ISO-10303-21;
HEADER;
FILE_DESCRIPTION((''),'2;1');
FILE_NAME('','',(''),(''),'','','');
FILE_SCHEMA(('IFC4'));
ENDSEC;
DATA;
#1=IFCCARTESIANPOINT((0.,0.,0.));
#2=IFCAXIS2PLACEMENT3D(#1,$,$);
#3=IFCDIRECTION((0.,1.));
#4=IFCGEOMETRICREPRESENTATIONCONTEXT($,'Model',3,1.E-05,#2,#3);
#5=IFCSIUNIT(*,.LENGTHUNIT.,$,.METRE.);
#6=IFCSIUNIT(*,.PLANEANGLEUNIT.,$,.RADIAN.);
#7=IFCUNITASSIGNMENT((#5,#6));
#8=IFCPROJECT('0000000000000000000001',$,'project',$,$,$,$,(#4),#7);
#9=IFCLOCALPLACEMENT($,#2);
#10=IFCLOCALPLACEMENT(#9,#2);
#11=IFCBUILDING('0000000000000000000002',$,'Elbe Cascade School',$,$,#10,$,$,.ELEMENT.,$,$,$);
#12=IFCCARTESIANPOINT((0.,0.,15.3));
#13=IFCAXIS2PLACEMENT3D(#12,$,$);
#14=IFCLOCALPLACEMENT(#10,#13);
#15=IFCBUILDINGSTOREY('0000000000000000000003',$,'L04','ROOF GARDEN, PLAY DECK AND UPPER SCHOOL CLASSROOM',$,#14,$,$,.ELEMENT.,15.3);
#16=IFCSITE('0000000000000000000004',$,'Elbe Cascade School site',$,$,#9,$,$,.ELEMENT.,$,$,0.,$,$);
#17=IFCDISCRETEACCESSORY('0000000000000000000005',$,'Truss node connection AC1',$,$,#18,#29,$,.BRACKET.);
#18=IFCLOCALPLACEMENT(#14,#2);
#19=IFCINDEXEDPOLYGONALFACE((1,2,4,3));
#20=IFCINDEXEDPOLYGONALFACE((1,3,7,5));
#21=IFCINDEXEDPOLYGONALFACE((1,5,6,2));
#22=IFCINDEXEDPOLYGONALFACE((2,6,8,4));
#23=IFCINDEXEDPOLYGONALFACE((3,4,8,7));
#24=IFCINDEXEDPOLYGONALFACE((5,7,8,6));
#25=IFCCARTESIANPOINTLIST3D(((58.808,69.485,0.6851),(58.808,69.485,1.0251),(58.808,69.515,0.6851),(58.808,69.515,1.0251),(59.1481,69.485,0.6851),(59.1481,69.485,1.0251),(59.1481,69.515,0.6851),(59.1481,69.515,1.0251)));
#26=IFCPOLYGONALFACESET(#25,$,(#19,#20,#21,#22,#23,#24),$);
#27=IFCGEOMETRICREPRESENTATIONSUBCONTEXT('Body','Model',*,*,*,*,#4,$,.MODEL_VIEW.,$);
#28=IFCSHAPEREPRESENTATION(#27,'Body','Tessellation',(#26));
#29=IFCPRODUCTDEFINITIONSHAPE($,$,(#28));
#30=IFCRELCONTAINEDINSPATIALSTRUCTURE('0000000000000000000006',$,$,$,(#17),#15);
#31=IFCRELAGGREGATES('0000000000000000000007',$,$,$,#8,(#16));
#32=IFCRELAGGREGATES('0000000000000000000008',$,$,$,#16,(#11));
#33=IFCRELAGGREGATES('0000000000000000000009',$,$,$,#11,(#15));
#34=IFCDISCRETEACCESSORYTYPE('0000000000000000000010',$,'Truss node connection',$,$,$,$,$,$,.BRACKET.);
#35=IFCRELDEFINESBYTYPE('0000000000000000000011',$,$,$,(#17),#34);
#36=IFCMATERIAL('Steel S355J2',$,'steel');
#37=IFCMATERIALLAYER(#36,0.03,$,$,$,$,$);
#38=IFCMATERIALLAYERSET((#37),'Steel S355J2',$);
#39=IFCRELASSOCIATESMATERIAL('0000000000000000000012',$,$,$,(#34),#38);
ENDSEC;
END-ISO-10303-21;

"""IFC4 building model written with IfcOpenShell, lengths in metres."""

from ifc_helpers import new_model, si_unit, direction, frame, origin, origin_2d, place, context, subcontext, project, spatial, rectangle, extrude, material, layer, layer_set, type_object, element, save


model = new_model("IFC4")

# Units and contexts
model_context = context("Model", 3, precision=1e-05, world=origin(), true_north=direction((0.0, 1.0)))
body_context = subcontext(model_context, "Body", "Model", "MODEL_VIEW")
ifc_project = project(units=[si_unit("LENGTHUNIT", "METRE"), si_unit("PLANEANGLEUNIT", "RADIAN")], contexts=[model_context])

# Site, building, storey
site_placement = place(None, origin())
site = spatial("IfcSite", under=ifc_project, at=site_placement, Name="Elbe Cascade School site", CompositionType="ELEMENT", RefElevation=0.0)
building_placement = place(site_placement, origin())
building = spatial("IfcBuilding", under=site, at=building_placement, Name="Elbe Cascade School", CompositionType="ELEMENT")
storey_placement = place(building_placement, frame((0.0, 0.0, 15.3)))
storey = spatial("IfcBuildingStorey", under=building, at=storey_placement, Name="L04", Description="ROOF GARDEN, PLAY DECK AND UPPER SCHOOL CLASSROOM", CompositionType="ELEMENT", Elevation=15.3)

# Discrete accessory
ifc_material_1 = material(Name="Steel S355J2", Category="steel")
ifc_layer = layer(ifc_material_1, 0.03)
ifc_layer_set = layer_set([ifc_layer], Name="Steel S355J2")
discrete_accessory_type = type_object("IfcDiscreteAccessoryType", Name="Truss node connection", PredefinedType="BRACKET", material=ifc_layer_set)
for number, where, z_axis, x_axis, name in (
    (1, (58.978, 69.5, 0.6851), (0.0, 0.0, 1.0), (1.0, 0.0, 0.0), "Truss node connection AC1"),
):
    element("IfcDiscreteAccessory", number, at=place(storey_placement, frame(where, z_axis=z_axis, x_axis=x_axis)), inside=storey, type_object=discrete_accessory_type, Name=name, PredefinedType="BRACKET", context=body_context, shape_type="SweptSolid", body=[
        extrude(rectangle(XDim=0.3401, YDim=0.03, at=origin_2d()), origin(), (0.0, 0.0, 1.0), 0.3401),
    ])

save(model, "model.ifc")
